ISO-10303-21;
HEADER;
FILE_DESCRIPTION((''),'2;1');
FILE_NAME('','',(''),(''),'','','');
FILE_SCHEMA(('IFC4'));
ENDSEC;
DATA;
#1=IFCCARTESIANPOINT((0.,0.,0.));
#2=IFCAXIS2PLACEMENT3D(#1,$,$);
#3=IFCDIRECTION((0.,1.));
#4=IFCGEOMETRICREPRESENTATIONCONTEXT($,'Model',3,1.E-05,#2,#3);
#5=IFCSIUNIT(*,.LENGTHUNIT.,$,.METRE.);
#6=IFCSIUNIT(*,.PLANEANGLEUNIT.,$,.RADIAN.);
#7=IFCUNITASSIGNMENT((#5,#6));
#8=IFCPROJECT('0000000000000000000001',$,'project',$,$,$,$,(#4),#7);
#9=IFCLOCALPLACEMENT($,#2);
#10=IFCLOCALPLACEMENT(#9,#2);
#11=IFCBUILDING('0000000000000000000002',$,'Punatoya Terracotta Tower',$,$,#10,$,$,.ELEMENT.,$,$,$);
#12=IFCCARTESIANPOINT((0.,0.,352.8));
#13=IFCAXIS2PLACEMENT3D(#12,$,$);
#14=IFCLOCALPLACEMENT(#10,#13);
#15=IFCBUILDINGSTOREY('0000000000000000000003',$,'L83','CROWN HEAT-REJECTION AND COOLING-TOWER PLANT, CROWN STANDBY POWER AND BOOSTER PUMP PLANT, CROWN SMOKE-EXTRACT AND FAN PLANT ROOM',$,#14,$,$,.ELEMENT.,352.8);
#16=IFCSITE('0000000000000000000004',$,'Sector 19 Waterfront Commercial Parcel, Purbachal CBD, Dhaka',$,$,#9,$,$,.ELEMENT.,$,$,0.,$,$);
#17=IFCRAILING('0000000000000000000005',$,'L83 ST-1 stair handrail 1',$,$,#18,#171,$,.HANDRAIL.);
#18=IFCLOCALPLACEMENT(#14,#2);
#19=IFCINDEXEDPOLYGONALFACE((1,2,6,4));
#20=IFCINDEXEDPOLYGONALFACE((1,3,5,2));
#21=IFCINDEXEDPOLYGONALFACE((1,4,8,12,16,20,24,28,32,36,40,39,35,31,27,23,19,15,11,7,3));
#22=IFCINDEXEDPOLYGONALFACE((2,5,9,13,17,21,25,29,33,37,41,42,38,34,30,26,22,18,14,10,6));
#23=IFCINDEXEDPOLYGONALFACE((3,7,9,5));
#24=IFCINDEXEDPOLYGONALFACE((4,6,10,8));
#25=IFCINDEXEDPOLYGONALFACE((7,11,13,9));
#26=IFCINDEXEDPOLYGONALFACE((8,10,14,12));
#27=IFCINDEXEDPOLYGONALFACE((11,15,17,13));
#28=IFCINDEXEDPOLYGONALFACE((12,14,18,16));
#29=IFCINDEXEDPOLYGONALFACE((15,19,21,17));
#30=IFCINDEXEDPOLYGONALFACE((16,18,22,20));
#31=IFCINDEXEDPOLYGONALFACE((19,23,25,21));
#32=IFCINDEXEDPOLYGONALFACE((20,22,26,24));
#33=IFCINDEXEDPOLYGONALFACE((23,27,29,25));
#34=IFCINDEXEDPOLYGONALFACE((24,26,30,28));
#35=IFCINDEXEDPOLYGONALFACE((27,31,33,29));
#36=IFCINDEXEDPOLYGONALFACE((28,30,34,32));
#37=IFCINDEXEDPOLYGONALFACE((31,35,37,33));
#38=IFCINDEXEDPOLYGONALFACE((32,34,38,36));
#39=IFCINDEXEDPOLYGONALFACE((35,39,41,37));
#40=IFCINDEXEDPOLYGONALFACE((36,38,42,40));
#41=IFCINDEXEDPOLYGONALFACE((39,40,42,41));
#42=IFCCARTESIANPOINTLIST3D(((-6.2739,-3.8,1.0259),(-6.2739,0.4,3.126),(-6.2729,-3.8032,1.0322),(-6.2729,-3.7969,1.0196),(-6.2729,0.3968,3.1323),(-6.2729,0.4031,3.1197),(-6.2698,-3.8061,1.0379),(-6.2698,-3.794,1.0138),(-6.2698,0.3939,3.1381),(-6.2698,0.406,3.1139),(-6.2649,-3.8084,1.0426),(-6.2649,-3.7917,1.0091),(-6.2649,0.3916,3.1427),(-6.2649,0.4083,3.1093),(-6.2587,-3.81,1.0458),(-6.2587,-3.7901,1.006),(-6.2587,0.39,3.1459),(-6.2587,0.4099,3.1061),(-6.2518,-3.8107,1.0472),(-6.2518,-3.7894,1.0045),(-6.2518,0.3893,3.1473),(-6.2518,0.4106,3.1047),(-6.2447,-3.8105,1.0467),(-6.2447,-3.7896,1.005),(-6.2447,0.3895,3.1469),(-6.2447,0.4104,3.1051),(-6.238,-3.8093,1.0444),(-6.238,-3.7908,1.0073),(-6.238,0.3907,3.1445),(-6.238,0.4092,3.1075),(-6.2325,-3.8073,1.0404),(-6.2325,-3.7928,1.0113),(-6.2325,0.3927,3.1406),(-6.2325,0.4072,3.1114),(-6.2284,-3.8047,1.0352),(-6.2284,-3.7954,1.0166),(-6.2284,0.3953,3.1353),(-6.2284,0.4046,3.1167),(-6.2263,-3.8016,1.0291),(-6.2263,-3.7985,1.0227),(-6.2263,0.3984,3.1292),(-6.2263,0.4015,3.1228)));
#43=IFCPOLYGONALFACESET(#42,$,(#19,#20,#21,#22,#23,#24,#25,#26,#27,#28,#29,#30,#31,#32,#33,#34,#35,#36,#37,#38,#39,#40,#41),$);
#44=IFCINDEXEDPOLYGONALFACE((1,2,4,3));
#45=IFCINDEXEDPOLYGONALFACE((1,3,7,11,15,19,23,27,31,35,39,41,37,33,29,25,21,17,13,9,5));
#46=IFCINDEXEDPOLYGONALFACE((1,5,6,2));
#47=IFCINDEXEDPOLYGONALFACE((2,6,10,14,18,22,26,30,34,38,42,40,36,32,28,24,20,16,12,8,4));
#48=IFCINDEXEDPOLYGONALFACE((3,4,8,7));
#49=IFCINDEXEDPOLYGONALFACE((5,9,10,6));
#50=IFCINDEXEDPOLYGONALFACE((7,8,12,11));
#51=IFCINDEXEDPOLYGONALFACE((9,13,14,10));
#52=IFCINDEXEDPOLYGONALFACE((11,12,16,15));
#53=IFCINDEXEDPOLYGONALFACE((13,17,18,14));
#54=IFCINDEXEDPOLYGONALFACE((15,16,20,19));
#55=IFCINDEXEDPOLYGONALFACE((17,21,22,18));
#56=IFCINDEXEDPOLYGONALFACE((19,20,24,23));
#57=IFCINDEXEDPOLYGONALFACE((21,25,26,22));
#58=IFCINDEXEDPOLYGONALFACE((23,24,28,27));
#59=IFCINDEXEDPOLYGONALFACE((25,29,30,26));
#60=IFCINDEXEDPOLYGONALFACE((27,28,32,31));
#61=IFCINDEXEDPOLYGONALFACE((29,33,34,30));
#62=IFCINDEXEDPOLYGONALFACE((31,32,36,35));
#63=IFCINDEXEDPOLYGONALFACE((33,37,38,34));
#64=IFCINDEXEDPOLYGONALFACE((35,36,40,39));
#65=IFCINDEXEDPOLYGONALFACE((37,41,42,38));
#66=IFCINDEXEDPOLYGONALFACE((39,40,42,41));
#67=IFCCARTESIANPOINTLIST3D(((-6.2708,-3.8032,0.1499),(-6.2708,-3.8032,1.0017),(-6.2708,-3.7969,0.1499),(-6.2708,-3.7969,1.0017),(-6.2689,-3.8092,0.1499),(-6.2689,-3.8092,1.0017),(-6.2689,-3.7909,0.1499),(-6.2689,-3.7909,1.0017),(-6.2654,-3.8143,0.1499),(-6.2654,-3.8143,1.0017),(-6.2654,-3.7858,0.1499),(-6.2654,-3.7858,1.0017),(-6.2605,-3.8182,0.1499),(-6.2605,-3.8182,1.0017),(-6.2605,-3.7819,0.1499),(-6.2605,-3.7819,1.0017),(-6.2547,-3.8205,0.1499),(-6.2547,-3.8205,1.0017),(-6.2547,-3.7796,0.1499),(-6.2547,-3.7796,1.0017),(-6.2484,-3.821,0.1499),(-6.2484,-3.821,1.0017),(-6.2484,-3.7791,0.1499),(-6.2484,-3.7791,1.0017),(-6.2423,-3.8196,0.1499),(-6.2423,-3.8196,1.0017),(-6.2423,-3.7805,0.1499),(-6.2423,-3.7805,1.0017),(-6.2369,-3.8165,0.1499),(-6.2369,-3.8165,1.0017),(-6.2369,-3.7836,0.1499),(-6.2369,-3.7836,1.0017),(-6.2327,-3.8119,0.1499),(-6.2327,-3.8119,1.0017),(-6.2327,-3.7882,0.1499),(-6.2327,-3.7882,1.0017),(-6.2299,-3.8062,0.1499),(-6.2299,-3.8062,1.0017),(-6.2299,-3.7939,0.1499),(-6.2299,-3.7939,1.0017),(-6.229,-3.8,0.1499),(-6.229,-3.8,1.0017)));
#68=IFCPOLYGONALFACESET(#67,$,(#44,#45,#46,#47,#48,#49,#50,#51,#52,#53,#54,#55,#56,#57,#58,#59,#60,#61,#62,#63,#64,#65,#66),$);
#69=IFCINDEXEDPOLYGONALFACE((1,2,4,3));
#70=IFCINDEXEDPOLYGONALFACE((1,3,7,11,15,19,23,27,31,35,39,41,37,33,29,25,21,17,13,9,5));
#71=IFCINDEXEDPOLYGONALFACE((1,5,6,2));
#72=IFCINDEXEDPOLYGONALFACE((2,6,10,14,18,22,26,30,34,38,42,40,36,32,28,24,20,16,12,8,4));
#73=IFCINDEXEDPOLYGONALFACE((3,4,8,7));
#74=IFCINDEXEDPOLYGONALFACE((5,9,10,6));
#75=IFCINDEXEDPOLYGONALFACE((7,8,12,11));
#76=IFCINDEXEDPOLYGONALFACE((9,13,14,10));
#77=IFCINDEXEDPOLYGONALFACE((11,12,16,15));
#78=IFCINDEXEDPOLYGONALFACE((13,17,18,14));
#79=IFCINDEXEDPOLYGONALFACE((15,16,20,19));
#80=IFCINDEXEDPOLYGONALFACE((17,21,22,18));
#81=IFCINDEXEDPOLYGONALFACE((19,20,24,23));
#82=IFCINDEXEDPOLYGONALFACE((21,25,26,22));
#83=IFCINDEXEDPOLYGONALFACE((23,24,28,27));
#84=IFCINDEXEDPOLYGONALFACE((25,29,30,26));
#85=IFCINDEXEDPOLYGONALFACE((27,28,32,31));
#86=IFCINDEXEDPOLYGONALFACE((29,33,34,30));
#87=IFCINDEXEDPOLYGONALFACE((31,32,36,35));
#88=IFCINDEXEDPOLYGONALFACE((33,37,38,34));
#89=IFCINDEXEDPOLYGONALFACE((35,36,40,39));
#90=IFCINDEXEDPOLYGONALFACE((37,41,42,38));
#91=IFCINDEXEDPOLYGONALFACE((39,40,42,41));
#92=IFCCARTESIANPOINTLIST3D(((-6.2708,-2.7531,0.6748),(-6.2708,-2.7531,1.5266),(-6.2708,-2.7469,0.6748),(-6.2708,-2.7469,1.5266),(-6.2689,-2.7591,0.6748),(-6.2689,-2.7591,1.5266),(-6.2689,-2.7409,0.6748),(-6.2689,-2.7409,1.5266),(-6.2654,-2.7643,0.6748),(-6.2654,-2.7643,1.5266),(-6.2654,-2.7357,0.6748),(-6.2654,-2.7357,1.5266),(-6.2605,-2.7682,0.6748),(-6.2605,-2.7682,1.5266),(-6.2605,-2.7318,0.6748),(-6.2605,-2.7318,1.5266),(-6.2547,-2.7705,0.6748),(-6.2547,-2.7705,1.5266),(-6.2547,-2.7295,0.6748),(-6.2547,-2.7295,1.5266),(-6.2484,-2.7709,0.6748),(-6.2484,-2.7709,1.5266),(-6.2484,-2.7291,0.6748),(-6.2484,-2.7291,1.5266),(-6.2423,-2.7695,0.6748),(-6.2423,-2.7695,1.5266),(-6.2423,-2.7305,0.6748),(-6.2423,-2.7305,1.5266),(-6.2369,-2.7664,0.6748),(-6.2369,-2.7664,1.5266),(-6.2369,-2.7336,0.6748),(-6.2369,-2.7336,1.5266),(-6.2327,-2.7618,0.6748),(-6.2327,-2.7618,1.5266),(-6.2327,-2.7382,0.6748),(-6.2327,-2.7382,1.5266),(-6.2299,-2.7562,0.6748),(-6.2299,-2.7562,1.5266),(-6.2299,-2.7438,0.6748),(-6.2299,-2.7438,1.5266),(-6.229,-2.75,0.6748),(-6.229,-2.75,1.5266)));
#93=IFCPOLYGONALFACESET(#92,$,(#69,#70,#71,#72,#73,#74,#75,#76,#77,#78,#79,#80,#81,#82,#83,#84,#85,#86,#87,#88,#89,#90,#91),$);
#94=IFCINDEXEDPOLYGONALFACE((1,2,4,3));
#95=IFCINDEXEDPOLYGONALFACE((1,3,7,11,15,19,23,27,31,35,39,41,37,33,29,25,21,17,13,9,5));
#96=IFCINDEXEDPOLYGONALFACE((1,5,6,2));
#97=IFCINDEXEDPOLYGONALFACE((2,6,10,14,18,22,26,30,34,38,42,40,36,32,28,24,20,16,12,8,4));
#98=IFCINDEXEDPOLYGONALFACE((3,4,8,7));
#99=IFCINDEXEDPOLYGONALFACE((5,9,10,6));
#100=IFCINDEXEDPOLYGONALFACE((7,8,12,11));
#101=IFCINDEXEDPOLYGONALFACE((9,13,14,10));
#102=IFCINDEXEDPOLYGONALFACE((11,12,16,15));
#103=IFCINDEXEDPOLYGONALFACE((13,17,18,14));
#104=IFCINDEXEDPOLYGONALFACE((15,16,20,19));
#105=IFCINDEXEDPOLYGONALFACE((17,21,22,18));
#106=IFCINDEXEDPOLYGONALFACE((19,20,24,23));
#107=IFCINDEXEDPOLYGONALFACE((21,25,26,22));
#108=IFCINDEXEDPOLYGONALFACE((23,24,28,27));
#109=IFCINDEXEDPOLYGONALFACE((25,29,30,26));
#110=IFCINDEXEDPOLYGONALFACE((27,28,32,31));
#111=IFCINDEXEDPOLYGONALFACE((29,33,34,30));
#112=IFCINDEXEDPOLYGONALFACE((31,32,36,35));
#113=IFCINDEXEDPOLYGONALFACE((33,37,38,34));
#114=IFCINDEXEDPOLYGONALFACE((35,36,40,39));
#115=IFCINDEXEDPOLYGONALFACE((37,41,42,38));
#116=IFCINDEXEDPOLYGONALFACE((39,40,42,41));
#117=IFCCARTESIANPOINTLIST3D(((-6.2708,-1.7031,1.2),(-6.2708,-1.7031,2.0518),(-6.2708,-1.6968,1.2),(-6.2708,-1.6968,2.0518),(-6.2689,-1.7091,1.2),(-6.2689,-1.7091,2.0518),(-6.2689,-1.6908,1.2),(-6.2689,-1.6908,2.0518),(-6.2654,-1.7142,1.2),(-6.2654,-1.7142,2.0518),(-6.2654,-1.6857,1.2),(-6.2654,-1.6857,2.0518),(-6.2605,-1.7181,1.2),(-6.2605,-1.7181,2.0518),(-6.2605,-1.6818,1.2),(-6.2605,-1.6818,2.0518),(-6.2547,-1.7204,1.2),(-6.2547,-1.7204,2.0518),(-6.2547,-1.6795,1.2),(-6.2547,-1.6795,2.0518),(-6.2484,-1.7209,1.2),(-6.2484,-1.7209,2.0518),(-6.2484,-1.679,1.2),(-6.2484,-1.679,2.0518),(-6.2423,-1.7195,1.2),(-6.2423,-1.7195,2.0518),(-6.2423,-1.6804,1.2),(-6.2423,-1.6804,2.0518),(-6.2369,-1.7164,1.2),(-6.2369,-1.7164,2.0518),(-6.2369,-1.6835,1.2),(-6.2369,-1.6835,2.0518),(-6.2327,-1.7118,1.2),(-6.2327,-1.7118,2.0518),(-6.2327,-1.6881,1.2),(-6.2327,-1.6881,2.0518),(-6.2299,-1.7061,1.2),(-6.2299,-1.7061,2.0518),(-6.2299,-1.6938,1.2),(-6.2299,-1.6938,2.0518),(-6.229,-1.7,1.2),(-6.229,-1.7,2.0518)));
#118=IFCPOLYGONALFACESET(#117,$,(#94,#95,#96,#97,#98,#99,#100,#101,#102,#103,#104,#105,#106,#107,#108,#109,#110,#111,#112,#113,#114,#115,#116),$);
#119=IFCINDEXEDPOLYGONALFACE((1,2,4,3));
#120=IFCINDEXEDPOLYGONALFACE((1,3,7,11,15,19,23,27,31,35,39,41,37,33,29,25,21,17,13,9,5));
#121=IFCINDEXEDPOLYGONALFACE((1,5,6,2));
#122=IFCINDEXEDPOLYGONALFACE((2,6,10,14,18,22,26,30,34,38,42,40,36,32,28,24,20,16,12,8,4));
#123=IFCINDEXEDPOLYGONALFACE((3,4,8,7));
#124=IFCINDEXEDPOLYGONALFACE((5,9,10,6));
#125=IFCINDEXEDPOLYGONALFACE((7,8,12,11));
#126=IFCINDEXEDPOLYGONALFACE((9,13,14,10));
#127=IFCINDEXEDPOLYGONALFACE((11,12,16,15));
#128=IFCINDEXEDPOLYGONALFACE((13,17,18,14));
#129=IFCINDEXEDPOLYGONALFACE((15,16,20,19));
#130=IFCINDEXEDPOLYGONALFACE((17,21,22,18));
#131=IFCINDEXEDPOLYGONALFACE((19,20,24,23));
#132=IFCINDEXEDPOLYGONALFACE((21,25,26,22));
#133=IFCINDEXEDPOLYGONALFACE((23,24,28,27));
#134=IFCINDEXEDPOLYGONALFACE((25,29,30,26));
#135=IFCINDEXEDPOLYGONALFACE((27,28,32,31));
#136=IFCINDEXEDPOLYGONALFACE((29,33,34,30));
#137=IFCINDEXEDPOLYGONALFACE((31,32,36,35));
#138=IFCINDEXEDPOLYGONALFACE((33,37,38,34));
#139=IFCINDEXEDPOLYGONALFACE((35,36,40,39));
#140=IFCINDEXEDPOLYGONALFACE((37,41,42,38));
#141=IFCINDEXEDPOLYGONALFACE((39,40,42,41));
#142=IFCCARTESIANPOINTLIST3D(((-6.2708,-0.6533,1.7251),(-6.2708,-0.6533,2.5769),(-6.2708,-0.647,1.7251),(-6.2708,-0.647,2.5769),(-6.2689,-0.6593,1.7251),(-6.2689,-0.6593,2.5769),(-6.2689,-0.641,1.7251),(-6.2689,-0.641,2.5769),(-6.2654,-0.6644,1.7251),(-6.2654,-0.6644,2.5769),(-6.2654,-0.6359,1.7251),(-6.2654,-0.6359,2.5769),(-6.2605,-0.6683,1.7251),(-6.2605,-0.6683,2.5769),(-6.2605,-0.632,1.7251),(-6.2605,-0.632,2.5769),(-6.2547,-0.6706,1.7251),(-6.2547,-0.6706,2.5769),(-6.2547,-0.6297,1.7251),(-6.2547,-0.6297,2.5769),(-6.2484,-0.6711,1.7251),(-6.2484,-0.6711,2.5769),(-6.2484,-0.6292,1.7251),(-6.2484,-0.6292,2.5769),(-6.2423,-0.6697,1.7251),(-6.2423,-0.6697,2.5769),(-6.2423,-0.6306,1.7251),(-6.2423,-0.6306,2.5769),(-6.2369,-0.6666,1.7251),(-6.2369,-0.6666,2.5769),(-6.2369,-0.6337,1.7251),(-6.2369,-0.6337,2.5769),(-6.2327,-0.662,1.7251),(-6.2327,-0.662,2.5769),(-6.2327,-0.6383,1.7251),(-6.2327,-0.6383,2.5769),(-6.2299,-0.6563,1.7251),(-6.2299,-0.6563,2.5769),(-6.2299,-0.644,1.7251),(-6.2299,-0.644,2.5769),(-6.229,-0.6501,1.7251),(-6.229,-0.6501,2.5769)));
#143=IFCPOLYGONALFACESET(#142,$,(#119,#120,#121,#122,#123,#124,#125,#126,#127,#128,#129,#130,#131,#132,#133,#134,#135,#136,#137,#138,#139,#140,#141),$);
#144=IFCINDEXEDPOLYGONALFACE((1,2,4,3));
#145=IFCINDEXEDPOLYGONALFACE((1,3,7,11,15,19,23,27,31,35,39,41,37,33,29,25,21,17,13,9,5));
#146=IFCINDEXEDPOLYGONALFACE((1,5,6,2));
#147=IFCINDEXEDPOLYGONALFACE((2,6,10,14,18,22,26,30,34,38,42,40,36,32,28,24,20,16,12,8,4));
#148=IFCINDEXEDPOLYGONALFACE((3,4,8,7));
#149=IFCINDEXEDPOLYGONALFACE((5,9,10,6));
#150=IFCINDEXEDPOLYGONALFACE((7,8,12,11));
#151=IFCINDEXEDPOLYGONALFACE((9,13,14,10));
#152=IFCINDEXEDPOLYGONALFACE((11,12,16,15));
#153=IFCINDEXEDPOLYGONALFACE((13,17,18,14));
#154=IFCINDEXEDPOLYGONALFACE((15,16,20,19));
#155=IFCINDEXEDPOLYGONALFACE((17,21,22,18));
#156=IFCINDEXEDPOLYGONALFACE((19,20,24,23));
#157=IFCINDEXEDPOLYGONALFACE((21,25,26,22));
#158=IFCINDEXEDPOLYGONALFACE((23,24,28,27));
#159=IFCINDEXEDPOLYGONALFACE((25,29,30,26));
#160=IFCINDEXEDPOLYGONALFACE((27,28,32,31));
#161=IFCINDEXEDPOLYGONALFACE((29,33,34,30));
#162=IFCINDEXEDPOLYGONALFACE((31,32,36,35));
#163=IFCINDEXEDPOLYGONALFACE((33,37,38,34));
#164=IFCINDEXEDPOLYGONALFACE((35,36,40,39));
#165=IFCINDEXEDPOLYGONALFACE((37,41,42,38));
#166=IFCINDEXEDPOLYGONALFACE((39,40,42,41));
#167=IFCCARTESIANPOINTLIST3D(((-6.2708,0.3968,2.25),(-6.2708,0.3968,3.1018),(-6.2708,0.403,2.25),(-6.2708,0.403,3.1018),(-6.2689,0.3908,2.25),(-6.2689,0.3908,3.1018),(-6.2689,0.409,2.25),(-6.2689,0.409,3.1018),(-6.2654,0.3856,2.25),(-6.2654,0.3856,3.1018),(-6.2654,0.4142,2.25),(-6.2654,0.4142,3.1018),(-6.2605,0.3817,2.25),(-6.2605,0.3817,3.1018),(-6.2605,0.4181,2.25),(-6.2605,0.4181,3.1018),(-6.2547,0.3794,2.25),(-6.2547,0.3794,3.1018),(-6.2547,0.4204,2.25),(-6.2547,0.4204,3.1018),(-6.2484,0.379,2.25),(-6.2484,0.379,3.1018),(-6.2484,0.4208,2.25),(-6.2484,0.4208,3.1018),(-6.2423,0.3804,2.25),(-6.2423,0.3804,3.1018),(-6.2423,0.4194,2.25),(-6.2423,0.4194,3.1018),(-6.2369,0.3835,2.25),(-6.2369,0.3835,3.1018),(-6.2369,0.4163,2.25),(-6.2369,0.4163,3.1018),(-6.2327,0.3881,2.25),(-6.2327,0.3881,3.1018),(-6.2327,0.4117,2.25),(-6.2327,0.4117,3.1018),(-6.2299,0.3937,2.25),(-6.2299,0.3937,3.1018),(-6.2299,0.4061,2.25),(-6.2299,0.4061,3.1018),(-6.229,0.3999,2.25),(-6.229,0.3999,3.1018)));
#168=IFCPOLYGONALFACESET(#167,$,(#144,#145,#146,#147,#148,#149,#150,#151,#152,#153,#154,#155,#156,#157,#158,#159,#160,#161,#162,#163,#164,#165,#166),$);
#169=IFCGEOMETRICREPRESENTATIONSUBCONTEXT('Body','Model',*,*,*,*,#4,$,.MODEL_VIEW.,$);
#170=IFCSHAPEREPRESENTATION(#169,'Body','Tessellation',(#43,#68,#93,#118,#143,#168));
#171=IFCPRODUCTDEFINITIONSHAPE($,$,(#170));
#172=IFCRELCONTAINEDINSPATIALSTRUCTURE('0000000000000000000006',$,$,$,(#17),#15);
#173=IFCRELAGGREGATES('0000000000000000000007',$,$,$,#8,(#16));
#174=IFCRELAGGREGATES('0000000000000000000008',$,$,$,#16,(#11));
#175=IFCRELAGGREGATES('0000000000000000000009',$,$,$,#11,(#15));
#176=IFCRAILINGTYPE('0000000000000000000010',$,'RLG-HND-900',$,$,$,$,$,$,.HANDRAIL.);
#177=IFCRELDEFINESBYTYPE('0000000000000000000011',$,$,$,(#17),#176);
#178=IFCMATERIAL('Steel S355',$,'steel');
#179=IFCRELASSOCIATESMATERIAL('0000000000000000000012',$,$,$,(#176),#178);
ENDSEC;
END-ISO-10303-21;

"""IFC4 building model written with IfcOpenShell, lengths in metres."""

from ifc_helpers import new_model, si_unit, direction, frame, origin, origin_2d, place, context, subcontext, project, spatial, circle, extrude, material, type_object, element, save


model = new_model("IFC4")

# Units and contexts
model_context = context("Model", 3, precision=1e-05, world=origin(), true_north=direction((0.0, 1.0)))
body_context = subcontext(model_context, "Body", "Model", "MODEL_VIEW")
ifc_project = project(units=[si_unit("LENGTHUNIT", "METRE"), si_unit("PLANEANGLEUNIT", "RADIAN")], contexts=[model_context])

# Site, building, storey
site_placement = place(None, origin())
site = spatial("IfcSite", under=ifc_project, at=site_placement, Name="Sector 19 Waterfront Commercial Parcel, Purbachal CBD, Dhaka", CompositionType="ELEMENT", RefElevation=0.0)
building_placement = place(site_placement, origin())
building = spatial("IfcBuilding", under=site, at=building_placement, Name="Punatoya Terracotta Tower", CompositionType="ELEMENT")
storey_placement = place(building_placement, frame((0.0, 0.0, 352.8)))
storey = spatial("IfcBuildingStorey", under=building, at=storey_placement, Name="L83", Description="CROWN HEAT-REJECTION AND COOLING-TOWER PLANT, CROWN STANDBY POWER AND BOOSTER PUMP PLANT, CROWN SMOKE-EXTRACT AND FAN PLANT ROOM", CompositionType="ELEMENT", Elevation=352.8)

# Railing
ifc_material_1 = material(Name="Steel S355", Category="steel")
railing_type_1 = type_object("IfcRailingType", Name="RLG-HND-900", PredefinedType="HANDRAIL", material=ifc_material_1)
railing_1_placement = place(storey_placement, frame((-6.25, -3.8, 0.1499)))
element("IfcRailing", 1, at=railing_1_placement, inside=storey, type_object=railing_type_1, Name="L83 ST-1 stair handrail 1", PredefinedType="HANDRAIL", context=body_context, shape_type="SweptSolid", body=[
    extrude(circle(Radius=0.0239, at=origin_2d()), frame((0.0, 0.0, 0.876), z_axis=(0.0, 0.894417, 0.447234), x_axis=(-1.0, 0.0, 0.0)), (0.0, 0.0, 1.0), 4.6958),
    extrude(circle(Radius=0.021, at=origin_2d()), origin(), (0.0, 0.0, 1.0), 0.8518),
    extrude(circle(Radius=0.021, at=origin_2d()), frame((0.0, 1.05, 0.5249)), (0.0, 0.0, 1.0), 0.8518),
    extrude(circle(Radius=0.021, at=origin_2d()), frame((0.0, 2.1001, 1.05)), (0.0, 0.0, 1.0), 0.8518),
    extrude(circle(Radius=0.021, at=origin_2d()), frame((0.0, 3.1499, 1.5752)), (0.0, 0.0, 1.0), 0.8518),
    extrude(circle(Radius=0.021, at=origin_2d()), frame((0.0, 4.2, 2.1001)), (0.0, 0.0, 1.0), 0.8518),
])

save(model, "model.ifc")
